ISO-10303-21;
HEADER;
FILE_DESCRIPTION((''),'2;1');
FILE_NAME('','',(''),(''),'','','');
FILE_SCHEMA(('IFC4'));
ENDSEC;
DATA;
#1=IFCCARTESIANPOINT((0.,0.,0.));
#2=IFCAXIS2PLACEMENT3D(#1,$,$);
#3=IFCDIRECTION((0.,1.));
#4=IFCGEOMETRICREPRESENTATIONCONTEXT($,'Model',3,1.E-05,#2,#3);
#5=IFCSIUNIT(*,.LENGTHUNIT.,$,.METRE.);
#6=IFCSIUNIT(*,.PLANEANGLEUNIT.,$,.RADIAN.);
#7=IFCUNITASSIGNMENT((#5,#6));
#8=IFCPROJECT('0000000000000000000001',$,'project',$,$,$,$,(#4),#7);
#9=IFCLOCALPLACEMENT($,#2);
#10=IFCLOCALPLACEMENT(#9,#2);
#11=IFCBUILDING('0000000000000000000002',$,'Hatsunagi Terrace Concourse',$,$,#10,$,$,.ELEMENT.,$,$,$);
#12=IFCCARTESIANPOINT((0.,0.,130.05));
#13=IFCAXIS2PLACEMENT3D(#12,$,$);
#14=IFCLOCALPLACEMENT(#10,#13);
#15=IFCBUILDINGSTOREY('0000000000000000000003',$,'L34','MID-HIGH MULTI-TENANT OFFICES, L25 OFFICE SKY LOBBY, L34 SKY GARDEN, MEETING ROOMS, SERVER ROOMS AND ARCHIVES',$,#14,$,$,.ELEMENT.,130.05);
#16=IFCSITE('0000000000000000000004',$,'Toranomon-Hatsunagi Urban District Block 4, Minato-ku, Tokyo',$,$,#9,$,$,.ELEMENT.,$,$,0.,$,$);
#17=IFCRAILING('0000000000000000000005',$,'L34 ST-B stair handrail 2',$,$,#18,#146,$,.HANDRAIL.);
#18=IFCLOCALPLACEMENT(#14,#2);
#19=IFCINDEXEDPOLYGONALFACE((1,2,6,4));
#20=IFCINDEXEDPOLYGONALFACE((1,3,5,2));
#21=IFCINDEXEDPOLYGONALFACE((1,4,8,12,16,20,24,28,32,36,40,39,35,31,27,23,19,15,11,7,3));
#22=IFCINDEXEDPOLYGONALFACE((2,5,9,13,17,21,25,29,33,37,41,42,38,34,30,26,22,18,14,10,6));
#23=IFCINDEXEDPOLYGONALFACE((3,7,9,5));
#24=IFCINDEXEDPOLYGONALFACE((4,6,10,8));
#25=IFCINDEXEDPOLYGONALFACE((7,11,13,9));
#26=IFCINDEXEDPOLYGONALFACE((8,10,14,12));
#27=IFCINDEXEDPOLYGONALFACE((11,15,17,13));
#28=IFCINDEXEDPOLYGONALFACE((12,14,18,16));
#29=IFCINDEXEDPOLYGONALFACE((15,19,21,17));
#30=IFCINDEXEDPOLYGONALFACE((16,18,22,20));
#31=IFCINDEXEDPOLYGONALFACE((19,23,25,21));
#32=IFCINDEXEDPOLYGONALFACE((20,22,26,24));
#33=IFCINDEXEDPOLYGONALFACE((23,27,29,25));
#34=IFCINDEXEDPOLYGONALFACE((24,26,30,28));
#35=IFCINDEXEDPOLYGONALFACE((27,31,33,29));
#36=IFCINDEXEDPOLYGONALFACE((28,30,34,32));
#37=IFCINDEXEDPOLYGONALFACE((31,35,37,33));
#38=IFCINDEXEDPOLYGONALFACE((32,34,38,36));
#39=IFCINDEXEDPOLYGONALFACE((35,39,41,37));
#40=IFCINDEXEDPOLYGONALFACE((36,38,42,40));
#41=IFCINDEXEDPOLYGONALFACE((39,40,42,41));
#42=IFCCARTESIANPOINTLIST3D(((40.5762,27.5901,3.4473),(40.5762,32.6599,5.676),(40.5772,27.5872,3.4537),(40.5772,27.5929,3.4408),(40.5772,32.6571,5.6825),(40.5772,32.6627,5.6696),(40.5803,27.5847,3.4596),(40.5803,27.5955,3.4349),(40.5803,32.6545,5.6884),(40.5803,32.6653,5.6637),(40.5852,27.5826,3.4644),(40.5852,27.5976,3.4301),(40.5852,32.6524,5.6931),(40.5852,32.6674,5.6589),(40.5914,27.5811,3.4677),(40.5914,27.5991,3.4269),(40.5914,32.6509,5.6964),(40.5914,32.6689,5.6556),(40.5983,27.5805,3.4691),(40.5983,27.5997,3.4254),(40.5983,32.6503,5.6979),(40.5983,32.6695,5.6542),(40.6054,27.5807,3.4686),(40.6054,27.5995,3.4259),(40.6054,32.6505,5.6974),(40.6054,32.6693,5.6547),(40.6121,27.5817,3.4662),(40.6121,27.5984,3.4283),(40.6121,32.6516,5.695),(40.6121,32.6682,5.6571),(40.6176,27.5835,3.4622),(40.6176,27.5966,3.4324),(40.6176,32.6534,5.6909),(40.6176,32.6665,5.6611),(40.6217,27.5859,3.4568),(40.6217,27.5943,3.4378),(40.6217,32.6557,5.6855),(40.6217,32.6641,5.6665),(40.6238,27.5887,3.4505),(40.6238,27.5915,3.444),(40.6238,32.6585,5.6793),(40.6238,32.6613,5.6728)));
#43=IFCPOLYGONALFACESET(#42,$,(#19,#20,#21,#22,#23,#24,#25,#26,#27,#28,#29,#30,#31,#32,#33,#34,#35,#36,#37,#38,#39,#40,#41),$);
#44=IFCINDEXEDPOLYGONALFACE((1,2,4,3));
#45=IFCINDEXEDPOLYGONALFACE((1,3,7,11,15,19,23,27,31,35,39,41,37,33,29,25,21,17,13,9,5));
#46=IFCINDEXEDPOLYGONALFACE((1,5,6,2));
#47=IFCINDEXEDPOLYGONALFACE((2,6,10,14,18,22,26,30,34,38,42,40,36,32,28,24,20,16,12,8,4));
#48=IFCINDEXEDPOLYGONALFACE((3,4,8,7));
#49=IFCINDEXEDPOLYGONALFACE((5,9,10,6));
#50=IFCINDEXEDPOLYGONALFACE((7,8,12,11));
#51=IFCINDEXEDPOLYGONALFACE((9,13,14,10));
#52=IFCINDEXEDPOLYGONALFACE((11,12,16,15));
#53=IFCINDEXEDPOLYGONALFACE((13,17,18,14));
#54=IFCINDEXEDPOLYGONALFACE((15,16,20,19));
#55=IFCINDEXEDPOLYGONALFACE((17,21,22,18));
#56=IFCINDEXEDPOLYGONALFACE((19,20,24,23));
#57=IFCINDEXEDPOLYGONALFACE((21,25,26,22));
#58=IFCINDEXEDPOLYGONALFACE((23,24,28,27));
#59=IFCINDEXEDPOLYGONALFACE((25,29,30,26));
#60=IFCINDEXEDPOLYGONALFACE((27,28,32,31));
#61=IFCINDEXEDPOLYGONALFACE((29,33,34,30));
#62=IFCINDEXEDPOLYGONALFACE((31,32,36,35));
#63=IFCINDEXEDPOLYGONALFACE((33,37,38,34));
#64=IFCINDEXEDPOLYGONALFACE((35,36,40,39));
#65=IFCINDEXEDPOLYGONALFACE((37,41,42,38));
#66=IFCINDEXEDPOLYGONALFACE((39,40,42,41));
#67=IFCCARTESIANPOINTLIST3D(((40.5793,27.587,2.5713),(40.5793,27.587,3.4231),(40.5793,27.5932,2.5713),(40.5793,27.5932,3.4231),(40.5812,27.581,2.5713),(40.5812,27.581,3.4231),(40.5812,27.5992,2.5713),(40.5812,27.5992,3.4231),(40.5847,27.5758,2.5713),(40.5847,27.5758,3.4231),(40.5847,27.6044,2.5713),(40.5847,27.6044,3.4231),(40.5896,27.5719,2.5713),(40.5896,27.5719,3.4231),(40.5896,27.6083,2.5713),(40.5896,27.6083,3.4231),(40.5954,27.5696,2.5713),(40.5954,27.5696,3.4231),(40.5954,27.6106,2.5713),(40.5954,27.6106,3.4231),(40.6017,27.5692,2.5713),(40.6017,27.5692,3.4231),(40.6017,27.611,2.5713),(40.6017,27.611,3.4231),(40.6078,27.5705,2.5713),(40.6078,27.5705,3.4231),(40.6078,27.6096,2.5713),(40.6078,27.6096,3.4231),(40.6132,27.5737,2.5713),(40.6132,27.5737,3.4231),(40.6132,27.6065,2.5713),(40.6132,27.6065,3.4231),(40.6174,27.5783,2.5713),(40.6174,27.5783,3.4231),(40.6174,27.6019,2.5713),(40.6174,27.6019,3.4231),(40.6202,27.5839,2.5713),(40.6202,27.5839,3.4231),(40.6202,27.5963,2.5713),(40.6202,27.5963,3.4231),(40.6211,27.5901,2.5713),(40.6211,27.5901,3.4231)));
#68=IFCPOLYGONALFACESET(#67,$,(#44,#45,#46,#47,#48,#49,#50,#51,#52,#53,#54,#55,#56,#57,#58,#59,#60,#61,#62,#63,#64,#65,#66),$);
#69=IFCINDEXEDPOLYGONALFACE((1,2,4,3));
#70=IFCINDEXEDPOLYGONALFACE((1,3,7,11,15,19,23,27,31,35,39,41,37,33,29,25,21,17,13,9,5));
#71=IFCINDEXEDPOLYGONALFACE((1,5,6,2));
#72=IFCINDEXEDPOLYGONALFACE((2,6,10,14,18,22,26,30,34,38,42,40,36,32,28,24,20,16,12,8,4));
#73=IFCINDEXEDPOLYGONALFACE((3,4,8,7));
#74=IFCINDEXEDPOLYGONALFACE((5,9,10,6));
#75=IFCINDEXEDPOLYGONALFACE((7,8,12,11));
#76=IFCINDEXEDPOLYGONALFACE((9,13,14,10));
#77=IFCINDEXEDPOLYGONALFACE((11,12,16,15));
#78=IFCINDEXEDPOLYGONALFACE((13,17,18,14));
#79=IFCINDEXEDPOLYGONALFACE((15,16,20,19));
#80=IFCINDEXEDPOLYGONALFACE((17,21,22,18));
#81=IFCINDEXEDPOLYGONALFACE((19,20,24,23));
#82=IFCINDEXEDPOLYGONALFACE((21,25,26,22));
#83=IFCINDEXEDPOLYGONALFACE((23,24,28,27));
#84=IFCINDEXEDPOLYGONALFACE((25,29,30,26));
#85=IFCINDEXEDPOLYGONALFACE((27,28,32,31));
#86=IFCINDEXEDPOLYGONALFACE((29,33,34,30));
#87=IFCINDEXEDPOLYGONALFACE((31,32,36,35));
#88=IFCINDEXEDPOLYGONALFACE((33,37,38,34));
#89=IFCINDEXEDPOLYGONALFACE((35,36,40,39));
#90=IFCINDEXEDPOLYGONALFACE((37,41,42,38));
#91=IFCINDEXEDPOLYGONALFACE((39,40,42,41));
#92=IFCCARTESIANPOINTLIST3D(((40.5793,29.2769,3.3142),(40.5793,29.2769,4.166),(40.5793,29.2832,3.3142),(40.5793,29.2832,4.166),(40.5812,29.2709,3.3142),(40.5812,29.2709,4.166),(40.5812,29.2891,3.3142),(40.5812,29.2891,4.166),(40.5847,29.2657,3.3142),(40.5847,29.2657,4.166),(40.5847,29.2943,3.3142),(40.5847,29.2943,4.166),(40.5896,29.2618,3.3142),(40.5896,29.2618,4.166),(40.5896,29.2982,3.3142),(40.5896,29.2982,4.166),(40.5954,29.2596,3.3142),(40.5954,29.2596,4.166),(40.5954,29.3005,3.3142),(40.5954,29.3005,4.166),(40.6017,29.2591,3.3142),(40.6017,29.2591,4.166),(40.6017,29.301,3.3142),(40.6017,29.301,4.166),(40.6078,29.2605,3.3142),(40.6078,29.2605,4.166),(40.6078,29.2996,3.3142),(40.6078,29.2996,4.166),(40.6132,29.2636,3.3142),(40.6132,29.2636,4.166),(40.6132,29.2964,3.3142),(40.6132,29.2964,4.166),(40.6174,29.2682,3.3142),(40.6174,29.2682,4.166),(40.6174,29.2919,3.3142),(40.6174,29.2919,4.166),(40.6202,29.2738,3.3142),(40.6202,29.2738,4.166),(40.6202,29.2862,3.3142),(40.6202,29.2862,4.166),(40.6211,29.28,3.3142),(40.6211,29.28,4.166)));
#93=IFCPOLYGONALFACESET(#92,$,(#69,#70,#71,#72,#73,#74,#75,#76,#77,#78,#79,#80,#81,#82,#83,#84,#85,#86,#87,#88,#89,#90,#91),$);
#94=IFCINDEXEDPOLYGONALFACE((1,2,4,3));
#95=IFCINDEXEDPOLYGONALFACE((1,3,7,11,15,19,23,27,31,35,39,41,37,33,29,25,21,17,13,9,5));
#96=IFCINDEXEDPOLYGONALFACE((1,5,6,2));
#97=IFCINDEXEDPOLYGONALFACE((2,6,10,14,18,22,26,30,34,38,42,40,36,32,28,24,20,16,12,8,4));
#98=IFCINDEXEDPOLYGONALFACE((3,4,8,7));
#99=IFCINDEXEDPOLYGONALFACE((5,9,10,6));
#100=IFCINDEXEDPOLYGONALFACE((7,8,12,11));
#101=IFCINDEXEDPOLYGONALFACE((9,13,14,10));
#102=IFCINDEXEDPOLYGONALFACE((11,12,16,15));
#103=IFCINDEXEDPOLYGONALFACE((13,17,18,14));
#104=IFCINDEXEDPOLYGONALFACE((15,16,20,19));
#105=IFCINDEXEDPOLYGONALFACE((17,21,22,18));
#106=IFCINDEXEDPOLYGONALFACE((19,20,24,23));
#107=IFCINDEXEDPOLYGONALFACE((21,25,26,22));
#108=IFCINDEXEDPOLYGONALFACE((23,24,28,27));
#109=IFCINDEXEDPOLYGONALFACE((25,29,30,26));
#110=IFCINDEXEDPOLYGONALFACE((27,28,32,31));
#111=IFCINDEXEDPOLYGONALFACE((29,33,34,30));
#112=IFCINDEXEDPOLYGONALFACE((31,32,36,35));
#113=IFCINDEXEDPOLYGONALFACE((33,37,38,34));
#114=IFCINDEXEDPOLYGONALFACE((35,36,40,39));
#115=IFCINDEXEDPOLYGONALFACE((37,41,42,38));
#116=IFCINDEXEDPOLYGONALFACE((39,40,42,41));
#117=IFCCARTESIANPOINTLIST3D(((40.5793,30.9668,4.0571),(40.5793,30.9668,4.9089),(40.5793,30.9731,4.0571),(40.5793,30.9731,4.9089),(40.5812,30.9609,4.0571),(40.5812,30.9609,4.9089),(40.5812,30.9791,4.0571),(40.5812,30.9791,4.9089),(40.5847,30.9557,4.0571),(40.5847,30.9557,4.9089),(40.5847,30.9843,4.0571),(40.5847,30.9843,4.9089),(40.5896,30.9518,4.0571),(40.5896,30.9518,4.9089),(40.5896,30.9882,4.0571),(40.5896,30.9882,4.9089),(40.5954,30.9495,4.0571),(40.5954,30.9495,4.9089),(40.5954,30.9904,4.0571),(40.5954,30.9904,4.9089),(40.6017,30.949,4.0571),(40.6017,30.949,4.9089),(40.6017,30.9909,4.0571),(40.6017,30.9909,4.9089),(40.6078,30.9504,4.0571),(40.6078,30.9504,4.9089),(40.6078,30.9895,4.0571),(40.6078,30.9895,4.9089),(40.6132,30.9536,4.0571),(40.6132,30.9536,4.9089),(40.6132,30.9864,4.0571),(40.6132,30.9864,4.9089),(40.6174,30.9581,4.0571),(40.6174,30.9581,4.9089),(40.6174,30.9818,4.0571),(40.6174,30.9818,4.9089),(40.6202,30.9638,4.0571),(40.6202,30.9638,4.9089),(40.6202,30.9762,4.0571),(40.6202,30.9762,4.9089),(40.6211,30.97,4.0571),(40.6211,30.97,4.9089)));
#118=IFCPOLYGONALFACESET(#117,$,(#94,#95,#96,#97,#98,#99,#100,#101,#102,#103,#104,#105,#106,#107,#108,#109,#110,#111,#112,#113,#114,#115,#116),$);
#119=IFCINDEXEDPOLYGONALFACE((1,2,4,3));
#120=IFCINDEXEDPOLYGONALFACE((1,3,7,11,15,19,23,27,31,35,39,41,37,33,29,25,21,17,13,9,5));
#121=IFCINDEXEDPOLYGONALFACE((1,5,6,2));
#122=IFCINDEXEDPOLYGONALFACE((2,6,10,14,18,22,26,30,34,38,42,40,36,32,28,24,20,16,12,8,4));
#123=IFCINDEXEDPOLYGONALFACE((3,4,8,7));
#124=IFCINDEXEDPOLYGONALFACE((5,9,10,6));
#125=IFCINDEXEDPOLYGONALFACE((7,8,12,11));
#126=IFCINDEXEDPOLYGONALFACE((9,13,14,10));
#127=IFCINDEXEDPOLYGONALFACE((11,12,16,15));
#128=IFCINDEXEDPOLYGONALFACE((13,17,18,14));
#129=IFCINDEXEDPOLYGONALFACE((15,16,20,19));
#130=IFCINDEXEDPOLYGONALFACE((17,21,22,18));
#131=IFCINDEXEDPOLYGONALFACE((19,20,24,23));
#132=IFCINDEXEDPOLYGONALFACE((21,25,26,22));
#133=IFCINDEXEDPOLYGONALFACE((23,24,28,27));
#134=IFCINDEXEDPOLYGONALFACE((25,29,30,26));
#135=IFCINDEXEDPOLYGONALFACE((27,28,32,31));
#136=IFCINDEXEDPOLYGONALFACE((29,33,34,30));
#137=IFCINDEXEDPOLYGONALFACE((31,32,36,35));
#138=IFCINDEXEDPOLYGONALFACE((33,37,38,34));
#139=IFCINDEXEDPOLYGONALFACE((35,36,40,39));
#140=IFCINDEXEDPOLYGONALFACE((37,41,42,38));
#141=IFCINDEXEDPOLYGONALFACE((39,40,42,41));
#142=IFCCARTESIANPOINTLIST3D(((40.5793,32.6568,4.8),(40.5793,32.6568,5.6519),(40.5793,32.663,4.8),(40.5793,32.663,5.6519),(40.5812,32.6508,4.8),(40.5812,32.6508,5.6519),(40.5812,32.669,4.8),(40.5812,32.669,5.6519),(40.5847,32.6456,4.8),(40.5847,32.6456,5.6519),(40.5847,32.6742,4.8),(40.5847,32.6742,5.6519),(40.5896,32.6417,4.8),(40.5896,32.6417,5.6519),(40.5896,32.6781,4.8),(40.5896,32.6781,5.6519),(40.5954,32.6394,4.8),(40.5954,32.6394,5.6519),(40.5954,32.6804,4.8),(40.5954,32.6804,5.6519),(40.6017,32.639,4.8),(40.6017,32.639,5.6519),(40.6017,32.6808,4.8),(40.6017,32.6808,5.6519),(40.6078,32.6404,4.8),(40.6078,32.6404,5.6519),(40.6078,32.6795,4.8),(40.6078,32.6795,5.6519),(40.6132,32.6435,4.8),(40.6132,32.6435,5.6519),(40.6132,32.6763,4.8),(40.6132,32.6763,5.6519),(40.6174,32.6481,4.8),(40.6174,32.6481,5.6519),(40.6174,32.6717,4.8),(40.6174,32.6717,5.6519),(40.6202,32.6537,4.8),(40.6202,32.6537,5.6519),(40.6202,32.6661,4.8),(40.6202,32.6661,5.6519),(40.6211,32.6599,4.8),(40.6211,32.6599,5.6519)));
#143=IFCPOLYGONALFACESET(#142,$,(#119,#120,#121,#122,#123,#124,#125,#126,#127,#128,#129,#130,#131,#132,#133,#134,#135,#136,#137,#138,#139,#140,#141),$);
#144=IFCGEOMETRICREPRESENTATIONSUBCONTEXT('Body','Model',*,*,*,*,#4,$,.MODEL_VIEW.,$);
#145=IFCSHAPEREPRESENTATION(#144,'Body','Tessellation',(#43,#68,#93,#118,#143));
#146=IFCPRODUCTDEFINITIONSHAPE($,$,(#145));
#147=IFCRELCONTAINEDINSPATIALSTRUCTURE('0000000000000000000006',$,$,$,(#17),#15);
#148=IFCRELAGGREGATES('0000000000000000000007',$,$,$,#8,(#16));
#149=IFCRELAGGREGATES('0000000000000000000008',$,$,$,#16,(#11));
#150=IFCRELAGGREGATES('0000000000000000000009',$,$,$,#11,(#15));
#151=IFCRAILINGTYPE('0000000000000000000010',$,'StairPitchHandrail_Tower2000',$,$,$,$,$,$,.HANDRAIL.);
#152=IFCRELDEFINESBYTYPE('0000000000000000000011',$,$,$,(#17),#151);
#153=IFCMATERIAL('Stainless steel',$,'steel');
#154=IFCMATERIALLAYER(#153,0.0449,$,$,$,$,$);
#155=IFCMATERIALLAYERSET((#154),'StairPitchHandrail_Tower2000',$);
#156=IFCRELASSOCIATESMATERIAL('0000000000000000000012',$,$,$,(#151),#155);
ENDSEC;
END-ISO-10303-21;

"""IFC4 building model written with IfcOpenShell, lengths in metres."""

from ifc_helpers import new_model, si_unit, direction, frame, origin, origin_2d, place, context, subcontext, project, spatial, circle, extrude, material, layer, layer_set, type_object, element, save


model = new_model("IFC4")

# Units and contexts
model_context = context("Model", 3, precision=1e-05, world=origin(), true_north=direction((0.0, 1.0)))
body_context = subcontext(model_context, "Body", "Model", "MODEL_VIEW")
ifc_project = project(units=[si_unit("LENGTHUNIT", "METRE"), si_unit("PLANEANGLEUNIT", "RADIAN")], contexts=[model_context])

# Site, building, storey
site_placement = place(None, origin())
site = spatial("IfcSite", under=ifc_project, at=site_placement, Name="Toranomon-Hatsunagi Urban District Block 4, Minato-ku, Tokyo", CompositionType="ELEMENT", RefElevation=0.0)
building_placement = place(site_placement, origin())
building = spatial("IfcBuilding", under=site, at=building_placement, Name="Hatsunagi Terrace Concourse", CompositionType="ELEMENT")
storey_placement = place(building_placement, frame((0.0, 0.0, 130.05)))
storey = spatial("IfcBuildingStorey", under=building, at=storey_placement, Name="L34", Description="MID-HIGH MULTI-TENANT OFFICES, L25 OFFICE SKY LOBBY, L34 SKY GARDEN, MEETING ROOMS, SERVER ROOMS AND ARCHIVES", CompositionType="ELEMENT", Elevation=130.05)

# Railing
ifc_material_1 = material(Name="Stainless steel", Category="steel")
ifc_layer_1 = layer(ifc_material_1, 0.0449)
ifc_layer_set_1 = layer_set([ifc_layer_1], Name="StairPitchHandrail_Tower2000")
railing_type_1 = type_object("IfcRailingType", Name="StairPitchHandrail_Tower2000", PredefinedType="HANDRAIL", material=ifc_layer_set_1)
railing_1_placement = place(storey_placement, frame((40.6001, 27.5901, 2.5713)))
element("IfcRailing", 1, at=railing_1_placement, inside=storey, type_object=railing_type_1, Name="L34 ST-B stair handrail 2", PredefinedType="HANDRAIL", context=body_context, shape_type="SweptSolid", body=[
    extrude(circle(Radius=0.0239, at=origin_2d()), frame((0.0, 0.0, 0.876), z_axis=(0.0, 0.915446, 0.402442), x_axis=(-1.0, 0.0, 0.0)), (0.0, 0.0, 1.0), 5.5381),
    extrude(circle(Radius=0.021, at=origin_2d()), origin(), (0.0, 0.0, 1.0), 0.8518),
    extrude(circle(Radius=0.021, at=origin_2d()), frame((0.0, 1.6899, 0.7429)), (0.0, 0.0, 1.0), 0.8518),
    extrude(circle(Radius=0.021, at=origin_2d()), frame((0.0, 3.3799, 1.4858)), (0.0, 0.0, 1.0), 0.8518),
    extrude(circle(Radius=0.021, at=origin_2d()), frame((0.0, 5.0698, 2.2288)), (0.0, 0.0, 1.0), 0.8518),
])

save(model, "model.ifc")
